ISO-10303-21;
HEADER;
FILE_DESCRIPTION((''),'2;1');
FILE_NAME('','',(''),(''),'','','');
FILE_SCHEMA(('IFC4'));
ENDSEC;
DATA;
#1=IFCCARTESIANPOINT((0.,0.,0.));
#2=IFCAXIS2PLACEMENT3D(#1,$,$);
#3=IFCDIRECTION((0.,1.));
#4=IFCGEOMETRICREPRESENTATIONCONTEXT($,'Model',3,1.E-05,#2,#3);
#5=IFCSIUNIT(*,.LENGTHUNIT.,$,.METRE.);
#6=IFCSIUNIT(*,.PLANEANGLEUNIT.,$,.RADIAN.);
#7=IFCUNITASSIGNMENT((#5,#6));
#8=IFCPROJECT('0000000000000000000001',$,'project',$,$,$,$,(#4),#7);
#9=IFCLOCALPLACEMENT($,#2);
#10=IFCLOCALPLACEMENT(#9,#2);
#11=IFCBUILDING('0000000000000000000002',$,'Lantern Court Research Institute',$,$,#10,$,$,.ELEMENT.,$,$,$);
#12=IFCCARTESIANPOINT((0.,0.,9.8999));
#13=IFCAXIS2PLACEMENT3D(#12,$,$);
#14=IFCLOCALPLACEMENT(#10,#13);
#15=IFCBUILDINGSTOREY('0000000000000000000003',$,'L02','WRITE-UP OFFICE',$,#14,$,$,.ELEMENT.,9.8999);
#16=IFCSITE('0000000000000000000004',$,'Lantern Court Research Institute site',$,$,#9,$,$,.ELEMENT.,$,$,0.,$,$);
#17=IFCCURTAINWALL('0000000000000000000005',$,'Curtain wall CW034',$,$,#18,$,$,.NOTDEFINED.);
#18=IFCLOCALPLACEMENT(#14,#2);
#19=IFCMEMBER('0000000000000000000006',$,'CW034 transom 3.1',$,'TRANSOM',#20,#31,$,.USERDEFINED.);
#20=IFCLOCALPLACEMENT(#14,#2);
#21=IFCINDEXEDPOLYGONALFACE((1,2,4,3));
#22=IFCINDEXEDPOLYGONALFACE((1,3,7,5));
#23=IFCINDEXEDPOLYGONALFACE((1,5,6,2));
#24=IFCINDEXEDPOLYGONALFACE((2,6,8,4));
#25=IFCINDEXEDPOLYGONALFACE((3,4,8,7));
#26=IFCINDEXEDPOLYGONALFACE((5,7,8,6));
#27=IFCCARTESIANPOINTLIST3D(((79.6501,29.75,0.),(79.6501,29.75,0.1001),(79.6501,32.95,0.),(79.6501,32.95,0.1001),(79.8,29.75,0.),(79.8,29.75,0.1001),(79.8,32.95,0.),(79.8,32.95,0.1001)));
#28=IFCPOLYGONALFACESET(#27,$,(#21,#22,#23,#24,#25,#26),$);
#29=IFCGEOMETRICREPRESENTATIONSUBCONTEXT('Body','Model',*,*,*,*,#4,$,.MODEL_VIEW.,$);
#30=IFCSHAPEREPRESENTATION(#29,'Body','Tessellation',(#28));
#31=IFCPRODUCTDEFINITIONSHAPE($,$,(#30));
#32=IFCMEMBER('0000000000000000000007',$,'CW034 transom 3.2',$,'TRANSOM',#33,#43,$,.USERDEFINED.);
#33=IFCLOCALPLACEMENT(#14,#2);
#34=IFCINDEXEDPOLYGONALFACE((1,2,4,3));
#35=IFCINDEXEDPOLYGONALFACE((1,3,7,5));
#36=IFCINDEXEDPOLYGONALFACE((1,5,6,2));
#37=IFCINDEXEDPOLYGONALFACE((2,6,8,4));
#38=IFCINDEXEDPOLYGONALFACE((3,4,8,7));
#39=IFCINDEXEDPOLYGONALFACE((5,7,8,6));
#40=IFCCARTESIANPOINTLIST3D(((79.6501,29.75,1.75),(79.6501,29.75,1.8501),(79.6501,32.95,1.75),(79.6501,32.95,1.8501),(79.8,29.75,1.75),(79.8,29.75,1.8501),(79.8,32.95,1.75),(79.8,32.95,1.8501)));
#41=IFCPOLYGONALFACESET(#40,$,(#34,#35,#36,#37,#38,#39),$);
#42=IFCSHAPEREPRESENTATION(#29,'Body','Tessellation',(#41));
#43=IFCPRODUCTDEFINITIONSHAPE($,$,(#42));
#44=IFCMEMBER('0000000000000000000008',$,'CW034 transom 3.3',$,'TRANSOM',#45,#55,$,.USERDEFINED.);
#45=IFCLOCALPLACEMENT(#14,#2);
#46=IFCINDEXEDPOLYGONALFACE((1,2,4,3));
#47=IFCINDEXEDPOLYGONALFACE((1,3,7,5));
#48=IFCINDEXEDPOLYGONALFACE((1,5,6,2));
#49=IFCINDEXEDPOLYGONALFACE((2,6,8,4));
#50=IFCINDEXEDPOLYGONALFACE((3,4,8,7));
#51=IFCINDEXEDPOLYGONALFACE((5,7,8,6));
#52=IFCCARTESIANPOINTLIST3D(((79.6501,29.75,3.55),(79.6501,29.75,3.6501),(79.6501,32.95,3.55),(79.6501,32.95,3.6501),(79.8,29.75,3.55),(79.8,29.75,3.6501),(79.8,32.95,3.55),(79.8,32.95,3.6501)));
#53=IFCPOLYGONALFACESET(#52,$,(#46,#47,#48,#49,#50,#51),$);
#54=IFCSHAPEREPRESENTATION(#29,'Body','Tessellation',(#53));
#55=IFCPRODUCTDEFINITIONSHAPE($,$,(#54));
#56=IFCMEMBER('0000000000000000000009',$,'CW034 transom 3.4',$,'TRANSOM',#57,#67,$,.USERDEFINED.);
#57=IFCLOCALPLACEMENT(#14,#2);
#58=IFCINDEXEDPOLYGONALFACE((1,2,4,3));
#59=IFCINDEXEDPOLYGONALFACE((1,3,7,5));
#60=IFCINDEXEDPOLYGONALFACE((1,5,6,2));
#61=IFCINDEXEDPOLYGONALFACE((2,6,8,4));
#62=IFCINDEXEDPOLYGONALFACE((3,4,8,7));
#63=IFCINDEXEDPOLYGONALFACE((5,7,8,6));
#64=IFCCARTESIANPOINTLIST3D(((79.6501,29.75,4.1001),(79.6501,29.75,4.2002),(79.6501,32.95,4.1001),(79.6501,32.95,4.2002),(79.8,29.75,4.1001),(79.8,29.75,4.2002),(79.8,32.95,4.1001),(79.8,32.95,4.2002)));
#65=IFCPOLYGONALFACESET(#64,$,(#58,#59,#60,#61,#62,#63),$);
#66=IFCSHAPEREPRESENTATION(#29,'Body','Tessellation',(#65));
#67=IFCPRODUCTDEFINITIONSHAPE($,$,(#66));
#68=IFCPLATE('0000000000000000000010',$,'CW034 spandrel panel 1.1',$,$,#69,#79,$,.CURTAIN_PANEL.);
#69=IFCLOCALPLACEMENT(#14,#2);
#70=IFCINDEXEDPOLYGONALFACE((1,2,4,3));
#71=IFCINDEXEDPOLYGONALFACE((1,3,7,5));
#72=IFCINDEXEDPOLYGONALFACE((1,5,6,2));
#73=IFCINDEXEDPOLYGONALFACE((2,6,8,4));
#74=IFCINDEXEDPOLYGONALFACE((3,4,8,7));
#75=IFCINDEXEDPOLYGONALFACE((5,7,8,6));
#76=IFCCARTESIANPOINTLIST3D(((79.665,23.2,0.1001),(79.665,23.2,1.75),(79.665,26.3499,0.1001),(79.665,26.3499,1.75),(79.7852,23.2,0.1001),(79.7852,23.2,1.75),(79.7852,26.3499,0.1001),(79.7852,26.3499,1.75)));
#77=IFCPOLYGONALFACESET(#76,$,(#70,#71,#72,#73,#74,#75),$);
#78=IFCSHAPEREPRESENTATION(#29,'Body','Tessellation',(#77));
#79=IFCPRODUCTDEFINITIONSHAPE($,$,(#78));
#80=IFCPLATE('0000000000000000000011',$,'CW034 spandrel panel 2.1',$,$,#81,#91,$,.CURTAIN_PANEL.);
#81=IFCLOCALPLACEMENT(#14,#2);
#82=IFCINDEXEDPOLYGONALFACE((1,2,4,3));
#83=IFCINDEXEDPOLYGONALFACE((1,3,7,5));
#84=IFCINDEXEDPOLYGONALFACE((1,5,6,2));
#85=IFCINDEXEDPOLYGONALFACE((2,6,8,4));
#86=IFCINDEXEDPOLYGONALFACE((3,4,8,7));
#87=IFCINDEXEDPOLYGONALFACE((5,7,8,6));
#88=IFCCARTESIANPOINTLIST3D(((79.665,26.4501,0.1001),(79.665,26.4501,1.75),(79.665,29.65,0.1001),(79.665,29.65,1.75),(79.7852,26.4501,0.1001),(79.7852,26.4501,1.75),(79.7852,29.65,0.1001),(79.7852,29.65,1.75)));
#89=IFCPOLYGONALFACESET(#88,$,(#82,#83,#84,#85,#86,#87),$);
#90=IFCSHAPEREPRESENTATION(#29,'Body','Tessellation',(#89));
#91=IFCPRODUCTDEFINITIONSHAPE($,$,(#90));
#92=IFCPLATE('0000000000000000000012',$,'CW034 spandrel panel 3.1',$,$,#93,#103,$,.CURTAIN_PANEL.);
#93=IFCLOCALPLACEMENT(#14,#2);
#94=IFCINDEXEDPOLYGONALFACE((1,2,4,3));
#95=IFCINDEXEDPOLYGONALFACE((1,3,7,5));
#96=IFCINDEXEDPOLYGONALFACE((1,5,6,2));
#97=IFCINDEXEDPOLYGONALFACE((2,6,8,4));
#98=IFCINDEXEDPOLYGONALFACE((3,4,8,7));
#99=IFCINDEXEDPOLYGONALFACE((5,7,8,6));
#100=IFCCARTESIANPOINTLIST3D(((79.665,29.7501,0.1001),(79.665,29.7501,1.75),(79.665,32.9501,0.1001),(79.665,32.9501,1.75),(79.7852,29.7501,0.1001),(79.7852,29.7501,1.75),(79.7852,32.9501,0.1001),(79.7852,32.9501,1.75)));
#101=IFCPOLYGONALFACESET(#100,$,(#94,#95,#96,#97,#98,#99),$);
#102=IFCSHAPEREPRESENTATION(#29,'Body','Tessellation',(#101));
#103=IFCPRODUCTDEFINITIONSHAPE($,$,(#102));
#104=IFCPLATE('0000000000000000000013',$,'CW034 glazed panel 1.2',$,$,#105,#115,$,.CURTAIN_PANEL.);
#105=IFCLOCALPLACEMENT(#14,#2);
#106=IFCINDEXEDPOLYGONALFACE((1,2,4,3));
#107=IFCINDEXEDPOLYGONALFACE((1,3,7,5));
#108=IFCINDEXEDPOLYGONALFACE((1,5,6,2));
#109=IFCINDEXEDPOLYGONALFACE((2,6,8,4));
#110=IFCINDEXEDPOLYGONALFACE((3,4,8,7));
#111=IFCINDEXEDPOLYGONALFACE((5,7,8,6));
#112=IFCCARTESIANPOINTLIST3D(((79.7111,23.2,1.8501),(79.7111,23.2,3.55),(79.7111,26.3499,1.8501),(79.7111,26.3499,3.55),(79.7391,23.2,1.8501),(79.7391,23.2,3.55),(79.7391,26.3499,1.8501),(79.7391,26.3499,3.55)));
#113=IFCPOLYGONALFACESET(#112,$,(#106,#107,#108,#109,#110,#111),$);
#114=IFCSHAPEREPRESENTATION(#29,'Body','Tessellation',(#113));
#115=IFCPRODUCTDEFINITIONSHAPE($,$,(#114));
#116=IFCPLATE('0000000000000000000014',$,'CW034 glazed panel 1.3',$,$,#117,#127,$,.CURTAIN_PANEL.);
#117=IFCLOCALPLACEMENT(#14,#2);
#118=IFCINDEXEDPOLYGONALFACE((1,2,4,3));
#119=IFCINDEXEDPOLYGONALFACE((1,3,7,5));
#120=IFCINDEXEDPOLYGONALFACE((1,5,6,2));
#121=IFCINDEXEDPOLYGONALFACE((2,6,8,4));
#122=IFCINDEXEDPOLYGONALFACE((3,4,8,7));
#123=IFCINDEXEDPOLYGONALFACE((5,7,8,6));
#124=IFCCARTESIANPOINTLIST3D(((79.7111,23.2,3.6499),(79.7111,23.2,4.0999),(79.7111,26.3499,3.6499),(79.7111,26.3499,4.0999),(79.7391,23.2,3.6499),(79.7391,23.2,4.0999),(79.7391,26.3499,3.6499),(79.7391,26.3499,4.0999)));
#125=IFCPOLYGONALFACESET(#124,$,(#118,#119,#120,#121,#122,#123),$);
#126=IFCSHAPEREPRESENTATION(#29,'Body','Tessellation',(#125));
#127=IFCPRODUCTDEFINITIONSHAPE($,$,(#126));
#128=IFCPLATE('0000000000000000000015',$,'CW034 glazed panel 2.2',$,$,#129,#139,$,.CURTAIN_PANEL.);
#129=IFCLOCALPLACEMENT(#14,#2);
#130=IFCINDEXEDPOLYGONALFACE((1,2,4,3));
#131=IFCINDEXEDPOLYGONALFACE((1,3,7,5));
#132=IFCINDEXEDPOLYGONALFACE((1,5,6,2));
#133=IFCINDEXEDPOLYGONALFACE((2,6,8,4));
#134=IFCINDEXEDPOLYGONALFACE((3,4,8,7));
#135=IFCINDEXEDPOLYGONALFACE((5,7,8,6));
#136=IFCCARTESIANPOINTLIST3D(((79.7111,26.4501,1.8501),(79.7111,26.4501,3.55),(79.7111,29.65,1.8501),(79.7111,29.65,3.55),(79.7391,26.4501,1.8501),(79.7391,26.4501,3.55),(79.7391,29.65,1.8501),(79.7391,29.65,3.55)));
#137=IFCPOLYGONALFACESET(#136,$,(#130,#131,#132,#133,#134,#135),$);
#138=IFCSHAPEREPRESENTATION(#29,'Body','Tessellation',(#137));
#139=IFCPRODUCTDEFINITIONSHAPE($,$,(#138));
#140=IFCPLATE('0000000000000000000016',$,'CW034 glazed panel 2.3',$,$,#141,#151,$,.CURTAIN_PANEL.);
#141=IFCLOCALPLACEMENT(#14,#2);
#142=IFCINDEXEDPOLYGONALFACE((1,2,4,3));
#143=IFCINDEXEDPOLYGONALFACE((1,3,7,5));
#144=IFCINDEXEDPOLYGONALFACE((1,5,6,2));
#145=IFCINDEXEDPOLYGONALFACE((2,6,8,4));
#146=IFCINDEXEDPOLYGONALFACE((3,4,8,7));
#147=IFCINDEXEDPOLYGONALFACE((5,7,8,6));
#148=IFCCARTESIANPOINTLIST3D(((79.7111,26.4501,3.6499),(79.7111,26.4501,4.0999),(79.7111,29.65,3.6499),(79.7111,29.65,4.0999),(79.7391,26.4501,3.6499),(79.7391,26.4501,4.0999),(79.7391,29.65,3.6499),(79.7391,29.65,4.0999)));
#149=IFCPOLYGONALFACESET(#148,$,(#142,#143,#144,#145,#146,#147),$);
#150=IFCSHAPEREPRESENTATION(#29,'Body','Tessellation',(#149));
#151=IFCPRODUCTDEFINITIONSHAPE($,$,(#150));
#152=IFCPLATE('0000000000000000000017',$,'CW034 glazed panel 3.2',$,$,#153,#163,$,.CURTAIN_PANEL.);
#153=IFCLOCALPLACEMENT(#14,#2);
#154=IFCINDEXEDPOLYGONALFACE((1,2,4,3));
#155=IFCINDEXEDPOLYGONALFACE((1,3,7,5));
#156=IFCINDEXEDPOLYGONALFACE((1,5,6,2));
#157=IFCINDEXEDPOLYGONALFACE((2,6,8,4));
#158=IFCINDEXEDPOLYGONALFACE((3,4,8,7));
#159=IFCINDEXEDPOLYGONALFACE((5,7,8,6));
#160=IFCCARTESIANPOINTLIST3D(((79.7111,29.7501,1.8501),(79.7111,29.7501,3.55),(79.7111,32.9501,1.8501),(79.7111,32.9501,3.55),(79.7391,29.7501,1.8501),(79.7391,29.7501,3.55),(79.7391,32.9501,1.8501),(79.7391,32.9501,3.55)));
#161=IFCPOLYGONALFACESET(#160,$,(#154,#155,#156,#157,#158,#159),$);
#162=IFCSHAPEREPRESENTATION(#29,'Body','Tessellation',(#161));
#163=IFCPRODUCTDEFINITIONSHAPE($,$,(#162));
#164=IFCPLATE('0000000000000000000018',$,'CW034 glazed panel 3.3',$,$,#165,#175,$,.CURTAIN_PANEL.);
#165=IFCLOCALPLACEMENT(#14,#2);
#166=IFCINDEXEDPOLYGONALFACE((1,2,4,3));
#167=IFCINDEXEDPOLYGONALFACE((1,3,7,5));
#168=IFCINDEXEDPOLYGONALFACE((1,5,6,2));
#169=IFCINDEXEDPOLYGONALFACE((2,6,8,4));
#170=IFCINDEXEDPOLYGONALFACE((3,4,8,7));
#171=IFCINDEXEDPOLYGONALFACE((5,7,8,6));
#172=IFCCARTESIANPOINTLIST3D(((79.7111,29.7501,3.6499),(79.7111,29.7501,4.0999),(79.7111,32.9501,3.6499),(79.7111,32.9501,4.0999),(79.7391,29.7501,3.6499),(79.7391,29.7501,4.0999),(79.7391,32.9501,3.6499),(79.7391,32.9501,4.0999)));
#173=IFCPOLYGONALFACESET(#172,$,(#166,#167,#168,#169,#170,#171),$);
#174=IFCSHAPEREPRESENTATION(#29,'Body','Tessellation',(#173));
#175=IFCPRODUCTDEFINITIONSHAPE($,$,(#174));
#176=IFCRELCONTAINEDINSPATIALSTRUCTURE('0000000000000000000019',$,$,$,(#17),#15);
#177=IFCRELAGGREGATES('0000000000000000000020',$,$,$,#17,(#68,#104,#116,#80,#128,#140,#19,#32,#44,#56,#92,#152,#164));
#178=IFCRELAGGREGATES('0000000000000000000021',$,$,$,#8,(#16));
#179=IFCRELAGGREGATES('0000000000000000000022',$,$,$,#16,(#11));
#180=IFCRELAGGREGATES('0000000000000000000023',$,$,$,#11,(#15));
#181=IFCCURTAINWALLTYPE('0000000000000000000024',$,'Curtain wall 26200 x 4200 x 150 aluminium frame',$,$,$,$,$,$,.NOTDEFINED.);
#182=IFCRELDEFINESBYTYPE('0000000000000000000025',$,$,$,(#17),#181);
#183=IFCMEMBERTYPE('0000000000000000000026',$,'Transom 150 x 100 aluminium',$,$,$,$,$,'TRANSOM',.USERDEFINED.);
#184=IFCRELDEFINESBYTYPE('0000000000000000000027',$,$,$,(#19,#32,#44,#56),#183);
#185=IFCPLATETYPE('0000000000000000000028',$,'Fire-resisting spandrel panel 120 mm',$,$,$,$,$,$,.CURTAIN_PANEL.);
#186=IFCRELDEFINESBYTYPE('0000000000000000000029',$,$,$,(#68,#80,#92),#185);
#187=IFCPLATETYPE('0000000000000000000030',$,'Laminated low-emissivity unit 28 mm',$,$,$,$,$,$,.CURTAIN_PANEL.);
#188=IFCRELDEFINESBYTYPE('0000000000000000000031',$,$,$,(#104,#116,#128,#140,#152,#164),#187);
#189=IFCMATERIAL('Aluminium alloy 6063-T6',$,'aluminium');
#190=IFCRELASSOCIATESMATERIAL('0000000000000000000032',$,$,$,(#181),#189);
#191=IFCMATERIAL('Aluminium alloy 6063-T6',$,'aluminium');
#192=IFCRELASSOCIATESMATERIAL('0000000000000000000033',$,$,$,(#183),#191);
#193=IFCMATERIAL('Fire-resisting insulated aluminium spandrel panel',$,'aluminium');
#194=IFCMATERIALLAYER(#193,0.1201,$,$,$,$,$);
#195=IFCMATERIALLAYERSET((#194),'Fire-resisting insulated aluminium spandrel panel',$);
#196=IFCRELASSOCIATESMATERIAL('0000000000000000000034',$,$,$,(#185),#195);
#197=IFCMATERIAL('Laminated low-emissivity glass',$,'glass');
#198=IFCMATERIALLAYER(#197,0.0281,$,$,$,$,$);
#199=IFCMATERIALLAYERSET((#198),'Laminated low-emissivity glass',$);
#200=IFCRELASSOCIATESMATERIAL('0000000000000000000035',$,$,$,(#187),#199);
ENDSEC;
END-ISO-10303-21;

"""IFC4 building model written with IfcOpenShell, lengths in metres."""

from ifc_helpers import new_model, si_unit, direction, frame, origin, origin_2d, place, context, subcontext, project, spatial, rectangle, extrude, material, layer, layer_set, material_profile, profile_set, type_object, element, aggregate, save


model = new_model("IFC4")

# Units and contexts
model_context = context("Model", 3, precision=1e-05, world=origin(), true_north=direction((0.0, 1.0)))
body_context = subcontext(model_context, "Body", "Model", "MODEL_VIEW")
ifc_project = project(units=[si_unit("LENGTHUNIT", "METRE"), si_unit("PLANEANGLEUNIT", "RADIAN")], contexts=[model_context])

# Site, building, storey
site_placement = place(None, origin())
site = spatial("IfcSite", under=ifc_project, at=site_placement, Name="Lantern Court Research Institute site", CompositionType="ELEMENT", RefElevation=0.0)
building_placement = place(site_placement, origin())
building = spatial("IfcBuilding", under=site, at=building_placement, Name="Lantern Court Research Institute", CompositionType="ELEMENT")
storey_placement = place(building_placement, frame((0.0, 0.0, 9.8999)))
storey = spatial("IfcBuildingStorey", under=building, at=storey_placement, Name="L02", Description="WRITE-UP OFFICE", CompositionType="ELEMENT", Elevation=9.8999)

# Curtain wall
ifc_material_1 = material(Name="Aluminium alloy 6063-T6", Category="aluminium")
curtain_wall_type = type_object("IfcCurtainWallType", Name="Curtain wall 26200 x 4200 x 150 aluminium frame", PredefinedType="NOTDEFINED", material=ifc_material_1)
curtain_wall_placement = place(storey_placement, origin())
curtain_wall = element("IfcCurtainWall", 1, at=curtain_wall_placement, inside=storey, type_object=curtain_wall_type, Name="Curtain wall CW034", PredefinedType="NOTDEFINED")

# Members
ifc_material_2 = material(Name="Aluminium alloy 6063-T6", Category="aluminium")
ifc_material_profile_1 = material_profile(ifc_material_2, rectangle(XDim=0.1499, YDim=0.1001, at=origin_2d()), Name="Transom 150 x 100")
ifc_profile_set_1 = profile_set([ifc_material_profile_1], Name="Aluminium alloy 6063-T6")
member_type_1 = type_object("IfcMemberType", Name="Transom 150 x 100 aluminium", ElementType="TRANSOM", PredefinedType="USERDEFINED", material=ifc_profile_set_1)
member_1_placement = place(storey_placement, frame((79.7251, 32.95, 0.05), z_axis=(0.0, -1.0, 0.0), x_axis=(1.0, 0.0, 0.0)))
member_1 = element("IfcMember", 2, at=member_1_placement, type_object=member_type_1, Name="CW034 transom 3.1", ObjectType="TRANSOM", PredefinedType="USERDEFINED", context=body_context, shape_type="SweptSolid", body=[
    extrude(rectangle(XDim=0.1499, YDim=0.1001, at=origin_2d()), origin(), (0.0, 0.0, 1.0), 3.2),
])
member_2_placement = place(storey_placement, frame((79.7251, 32.95, 1.8), z_axis=(0.0, -1.0, 0.0), x_axis=(1.0, 0.0, 0.0)))
member_2 = element("IfcMember", 3, at=member_2_placement, type_object=member_type_1, Name="CW034 transom 3.2", ObjectType="TRANSOM", PredefinedType="USERDEFINED", context=body_context, shape_type="SweptSolid", body=[
    extrude(rectangle(XDim=0.1499, YDim=0.1001, at=origin_2d()), origin(), (0.0, 0.0, 1.0), 3.2),
])
member_3_placement = place(storey_placement, frame((79.7251, 32.95, 3.6001), z_axis=(0.0, -1.0, 0.0), x_axis=(1.0, 0.0, 0.0)))
member_3 = element("IfcMember", 4, at=member_3_placement, type_object=member_type_1, Name="CW034 transom 3.3", ObjectType="TRANSOM", PredefinedType="USERDEFINED", context=body_context, shape_type="SweptSolid", body=[
    extrude(rectangle(XDim=0.1499, YDim=0.1001, at=origin_2d()), origin(), (0.0, 0.0, 1.0), 3.2),
])
member_4_placement = place(storey_placement, frame((79.7251, 32.95, 4.1501), z_axis=(0.0, -1.0, 0.0), x_axis=(1.0, 0.0, 0.0)))
member_4 = element("IfcMember", 5, at=member_4_placement, type_object=member_type_1, Name="CW034 transom 3.4", ObjectType="TRANSOM", PredefinedType="USERDEFINED", context=body_context, shape_type="SweptSolid", body=[
    extrude(rectangle(XDim=0.1499, YDim=0.1001, at=origin_2d()), origin(), (0.0, 0.0, 1.0), 3.2),
])

# Plates
ifc_material_3 = material(Name="Fire-resisting insulated aluminium spandrel panel", Category="aluminium")
ifc_layer_1 = layer(ifc_material_3, 0.1201)
ifc_layer_set_1 = layer_set([ifc_layer_1], Name="Fire-resisting insulated aluminium spandrel panel")
plate_type_1 = type_object("IfcPlateType", Name="Fire-resisting spandrel panel 120 mm", PredefinedType="CURTAIN_PANEL", material=ifc_layer_set_1)
plate_1_placement = place(storey_placement, frame((79.7251, 24.7749, 0.1001), z_axis=(0.0, 0.0, 1.0), x_axis=(0.0, -1.0, 0.0)))
plate_1 = element("IfcPlate", 6, at=plate_1_placement, type_object=plate_type_1, Name="CW034 spandrel panel 1.1", PredefinedType="CURTAIN_PANEL", context=body_context, shape_type="SweptSolid", body=[
    extrude(rectangle(XDim=3.1499, YDim=0.1201, at=origin_2d()), origin(), (0.0, 0.0, 1.0), 1.6499),
])
plate_2_placement = place(storey_placement, frame((79.7251, 28.05, 0.1001), z_axis=(0.0, 0.0, 1.0), x_axis=(0.0, -1.0, 0.0)))
plate_2 = element("IfcPlate", 7, at=plate_2_placement, type_object=plate_type_1, Name="CW034 spandrel panel 2.1", PredefinedType="CURTAIN_PANEL", context=body_context, shape_type="SweptSolid", body=[
    extrude(rectangle(XDim=3.2, YDim=0.1201, at=origin_2d()), origin(), (0.0, 0.0, 1.0), 1.6499),
])
plate_3_placement = place(storey_placement, frame((79.7251, 31.3501, 0.1001), z_axis=(0.0, 0.0, 1.0), x_axis=(0.0, -1.0, 0.0)))
plate_3 = element("IfcPlate", 8, at=plate_3_placement, type_object=plate_type_1, Name="CW034 spandrel panel 3.1", PredefinedType="CURTAIN_PANEL", context=body_context, shape_type="SweptSolid", body=[
    extrude(rectangle(XDim=3.2, YDim=0.1201, at=origin_2d()), origin(), (0.0, 0.0, 1.0), 1.6499),
])
ifc_material_4 = material(Name="Laminated low-emissivity glass", Category="glass")
ifc_layer_2 = layer(ifc_material_4, 0.0281)
ifc_layer_set_2 = layer_set([ifc_layer_2], Name="Laminated low-emissivity glass")
plate_type_2 = type_object("IfcPlateType", Name="Laminated low-emissivity unit 28 mm", PredefinedType="CURTAIN_PANEL", material=ifc_layer_set_2)
plate_4_placement = place(storey_placement, frame((79.7251, 24.7749, 1.8501), z_axis=(0.0, 0.0, 1.0), x_axis=(0.0, -1.0, 0.0)))
plate_4 = element("IfcPlate", 9, at=plate_4_placement, type_object=plate_type_2, Name="CW034 glazed panel 1.2", PredefinedType="CURTAIN_PANEL", context=body_context, shape_type="SweptSolid", body=[
    extrude(rectangle(XDim=3.1499, YDim=0.0281, at=origin_2d()), origin(), (0.0, 0.0, 1.0), 1.7),
])
plate_5_placement = place(storey_placement, frame((79.7251, 24.7749, 3.6499), z_axis=(0.0, 0.0, 1.0), x_axis=(0.0, -1.0, 0.0)))
plate_5 = element("IfcPlate", 10, at=plate_5_placement, type_object=plate_type_2, Name="CW034 glazed panel 1.3", PredefinedType="CURTAIN_PANEL", context=body_context, shape_type="SweptSolid", body=[
    extrude(rectangle(XDim=3.1499, YDim=0.0281, at=origin_2d()), origin(), (0.0, 0.0, 1.0), 0.45),
])
plate_6_placement = place(storey_placement, frame((79.7251, 28.05, 1.8501), z_axis=(0.0, 0.0, 1.0), x_axis=(0.0, -1.0, 0.0)))
plate_6 = element("IfcPlate", 11, at=plate_6_placement, type_object=plate_type_2, Name="CW034 glazed panel 2.2", PredefinedType="CURTAIN_PANEL", context=body_context, shape_type="SweptSolid", body=[
    extrude(rectangle(XDim=3.2, YDim=0.0281, at=origin_2d()), origin(), (0.0, 0.0, 1.0), 1.7),
])
plate_7_placement = place(storey_placement, frame((79.7251, 28.05, 3.6499), z_axis=(0.0, 0.0, 1.0), x_axis=(0.0, -1.0, 0.0)))
plate_7 = element("IfcPlate", 12, at=plate_7_placement, type_object=plate_type_2, Name="CW034 glazed panel 2.3", PredefinedType="CURTAIN_PANEL", context=body_context, shape_type="SweptSolid", body=[
    extrude(rectangle(XDim=3.2, YDim=0.0281, at=origin_2d()), origin(), (0.0, 0.0, 1.0), 0.45),
])
plate_8_placement = place(storey_placement, frame((79.7251, 31.3501, 1.8501), z_axis=(0.0, 0.0, 1.0), x_axis=(0.0, -1.0, 0.0)))
plate_8 = element("IfcPlate", 13, at=plate_8_placement, type_object=plate_type_2, Name="CW034 glazed panel 3.2", PredefinedType="CURTAIN_PANEL", context=body_context, shape_type="SweptSolid", body=[
    extrude(rectangle(XDim=3.2, YDim=0.0281, at=origin_2d()), origin(), (0.0, 0.0, 1.0), 1.7),
])
plate_9_placement = place(storey_placement, frame((79.7251, 31.3501, 3.6499), z_axis=(0.0, 0.0, 1.0), x_axis=(0.0, -1.0, 0.0)))
plate_9 = element("IfcPlate", 14, at=plate_9_placement, type_object=plate_type_2, Name="CW034 glazed panel 3.3", PredefinedType="CURTAIN_PANEL", context=body_context, shape_type="SweptSolid", body=[
    extrude(rectangle(XDim=3.2, YDim=0.0281, at=origin_2d()), origin(), (0.0, 0.0, 1.0), 0.45),
])
aggregate(curtain_wall, [plate_1, plate_4, plate_5, plate_2, plate_6, plate_7, member_1, member_2, member_3, member_4, plate_3, plate_8, plate_9])

save(model, "model.ifc")
